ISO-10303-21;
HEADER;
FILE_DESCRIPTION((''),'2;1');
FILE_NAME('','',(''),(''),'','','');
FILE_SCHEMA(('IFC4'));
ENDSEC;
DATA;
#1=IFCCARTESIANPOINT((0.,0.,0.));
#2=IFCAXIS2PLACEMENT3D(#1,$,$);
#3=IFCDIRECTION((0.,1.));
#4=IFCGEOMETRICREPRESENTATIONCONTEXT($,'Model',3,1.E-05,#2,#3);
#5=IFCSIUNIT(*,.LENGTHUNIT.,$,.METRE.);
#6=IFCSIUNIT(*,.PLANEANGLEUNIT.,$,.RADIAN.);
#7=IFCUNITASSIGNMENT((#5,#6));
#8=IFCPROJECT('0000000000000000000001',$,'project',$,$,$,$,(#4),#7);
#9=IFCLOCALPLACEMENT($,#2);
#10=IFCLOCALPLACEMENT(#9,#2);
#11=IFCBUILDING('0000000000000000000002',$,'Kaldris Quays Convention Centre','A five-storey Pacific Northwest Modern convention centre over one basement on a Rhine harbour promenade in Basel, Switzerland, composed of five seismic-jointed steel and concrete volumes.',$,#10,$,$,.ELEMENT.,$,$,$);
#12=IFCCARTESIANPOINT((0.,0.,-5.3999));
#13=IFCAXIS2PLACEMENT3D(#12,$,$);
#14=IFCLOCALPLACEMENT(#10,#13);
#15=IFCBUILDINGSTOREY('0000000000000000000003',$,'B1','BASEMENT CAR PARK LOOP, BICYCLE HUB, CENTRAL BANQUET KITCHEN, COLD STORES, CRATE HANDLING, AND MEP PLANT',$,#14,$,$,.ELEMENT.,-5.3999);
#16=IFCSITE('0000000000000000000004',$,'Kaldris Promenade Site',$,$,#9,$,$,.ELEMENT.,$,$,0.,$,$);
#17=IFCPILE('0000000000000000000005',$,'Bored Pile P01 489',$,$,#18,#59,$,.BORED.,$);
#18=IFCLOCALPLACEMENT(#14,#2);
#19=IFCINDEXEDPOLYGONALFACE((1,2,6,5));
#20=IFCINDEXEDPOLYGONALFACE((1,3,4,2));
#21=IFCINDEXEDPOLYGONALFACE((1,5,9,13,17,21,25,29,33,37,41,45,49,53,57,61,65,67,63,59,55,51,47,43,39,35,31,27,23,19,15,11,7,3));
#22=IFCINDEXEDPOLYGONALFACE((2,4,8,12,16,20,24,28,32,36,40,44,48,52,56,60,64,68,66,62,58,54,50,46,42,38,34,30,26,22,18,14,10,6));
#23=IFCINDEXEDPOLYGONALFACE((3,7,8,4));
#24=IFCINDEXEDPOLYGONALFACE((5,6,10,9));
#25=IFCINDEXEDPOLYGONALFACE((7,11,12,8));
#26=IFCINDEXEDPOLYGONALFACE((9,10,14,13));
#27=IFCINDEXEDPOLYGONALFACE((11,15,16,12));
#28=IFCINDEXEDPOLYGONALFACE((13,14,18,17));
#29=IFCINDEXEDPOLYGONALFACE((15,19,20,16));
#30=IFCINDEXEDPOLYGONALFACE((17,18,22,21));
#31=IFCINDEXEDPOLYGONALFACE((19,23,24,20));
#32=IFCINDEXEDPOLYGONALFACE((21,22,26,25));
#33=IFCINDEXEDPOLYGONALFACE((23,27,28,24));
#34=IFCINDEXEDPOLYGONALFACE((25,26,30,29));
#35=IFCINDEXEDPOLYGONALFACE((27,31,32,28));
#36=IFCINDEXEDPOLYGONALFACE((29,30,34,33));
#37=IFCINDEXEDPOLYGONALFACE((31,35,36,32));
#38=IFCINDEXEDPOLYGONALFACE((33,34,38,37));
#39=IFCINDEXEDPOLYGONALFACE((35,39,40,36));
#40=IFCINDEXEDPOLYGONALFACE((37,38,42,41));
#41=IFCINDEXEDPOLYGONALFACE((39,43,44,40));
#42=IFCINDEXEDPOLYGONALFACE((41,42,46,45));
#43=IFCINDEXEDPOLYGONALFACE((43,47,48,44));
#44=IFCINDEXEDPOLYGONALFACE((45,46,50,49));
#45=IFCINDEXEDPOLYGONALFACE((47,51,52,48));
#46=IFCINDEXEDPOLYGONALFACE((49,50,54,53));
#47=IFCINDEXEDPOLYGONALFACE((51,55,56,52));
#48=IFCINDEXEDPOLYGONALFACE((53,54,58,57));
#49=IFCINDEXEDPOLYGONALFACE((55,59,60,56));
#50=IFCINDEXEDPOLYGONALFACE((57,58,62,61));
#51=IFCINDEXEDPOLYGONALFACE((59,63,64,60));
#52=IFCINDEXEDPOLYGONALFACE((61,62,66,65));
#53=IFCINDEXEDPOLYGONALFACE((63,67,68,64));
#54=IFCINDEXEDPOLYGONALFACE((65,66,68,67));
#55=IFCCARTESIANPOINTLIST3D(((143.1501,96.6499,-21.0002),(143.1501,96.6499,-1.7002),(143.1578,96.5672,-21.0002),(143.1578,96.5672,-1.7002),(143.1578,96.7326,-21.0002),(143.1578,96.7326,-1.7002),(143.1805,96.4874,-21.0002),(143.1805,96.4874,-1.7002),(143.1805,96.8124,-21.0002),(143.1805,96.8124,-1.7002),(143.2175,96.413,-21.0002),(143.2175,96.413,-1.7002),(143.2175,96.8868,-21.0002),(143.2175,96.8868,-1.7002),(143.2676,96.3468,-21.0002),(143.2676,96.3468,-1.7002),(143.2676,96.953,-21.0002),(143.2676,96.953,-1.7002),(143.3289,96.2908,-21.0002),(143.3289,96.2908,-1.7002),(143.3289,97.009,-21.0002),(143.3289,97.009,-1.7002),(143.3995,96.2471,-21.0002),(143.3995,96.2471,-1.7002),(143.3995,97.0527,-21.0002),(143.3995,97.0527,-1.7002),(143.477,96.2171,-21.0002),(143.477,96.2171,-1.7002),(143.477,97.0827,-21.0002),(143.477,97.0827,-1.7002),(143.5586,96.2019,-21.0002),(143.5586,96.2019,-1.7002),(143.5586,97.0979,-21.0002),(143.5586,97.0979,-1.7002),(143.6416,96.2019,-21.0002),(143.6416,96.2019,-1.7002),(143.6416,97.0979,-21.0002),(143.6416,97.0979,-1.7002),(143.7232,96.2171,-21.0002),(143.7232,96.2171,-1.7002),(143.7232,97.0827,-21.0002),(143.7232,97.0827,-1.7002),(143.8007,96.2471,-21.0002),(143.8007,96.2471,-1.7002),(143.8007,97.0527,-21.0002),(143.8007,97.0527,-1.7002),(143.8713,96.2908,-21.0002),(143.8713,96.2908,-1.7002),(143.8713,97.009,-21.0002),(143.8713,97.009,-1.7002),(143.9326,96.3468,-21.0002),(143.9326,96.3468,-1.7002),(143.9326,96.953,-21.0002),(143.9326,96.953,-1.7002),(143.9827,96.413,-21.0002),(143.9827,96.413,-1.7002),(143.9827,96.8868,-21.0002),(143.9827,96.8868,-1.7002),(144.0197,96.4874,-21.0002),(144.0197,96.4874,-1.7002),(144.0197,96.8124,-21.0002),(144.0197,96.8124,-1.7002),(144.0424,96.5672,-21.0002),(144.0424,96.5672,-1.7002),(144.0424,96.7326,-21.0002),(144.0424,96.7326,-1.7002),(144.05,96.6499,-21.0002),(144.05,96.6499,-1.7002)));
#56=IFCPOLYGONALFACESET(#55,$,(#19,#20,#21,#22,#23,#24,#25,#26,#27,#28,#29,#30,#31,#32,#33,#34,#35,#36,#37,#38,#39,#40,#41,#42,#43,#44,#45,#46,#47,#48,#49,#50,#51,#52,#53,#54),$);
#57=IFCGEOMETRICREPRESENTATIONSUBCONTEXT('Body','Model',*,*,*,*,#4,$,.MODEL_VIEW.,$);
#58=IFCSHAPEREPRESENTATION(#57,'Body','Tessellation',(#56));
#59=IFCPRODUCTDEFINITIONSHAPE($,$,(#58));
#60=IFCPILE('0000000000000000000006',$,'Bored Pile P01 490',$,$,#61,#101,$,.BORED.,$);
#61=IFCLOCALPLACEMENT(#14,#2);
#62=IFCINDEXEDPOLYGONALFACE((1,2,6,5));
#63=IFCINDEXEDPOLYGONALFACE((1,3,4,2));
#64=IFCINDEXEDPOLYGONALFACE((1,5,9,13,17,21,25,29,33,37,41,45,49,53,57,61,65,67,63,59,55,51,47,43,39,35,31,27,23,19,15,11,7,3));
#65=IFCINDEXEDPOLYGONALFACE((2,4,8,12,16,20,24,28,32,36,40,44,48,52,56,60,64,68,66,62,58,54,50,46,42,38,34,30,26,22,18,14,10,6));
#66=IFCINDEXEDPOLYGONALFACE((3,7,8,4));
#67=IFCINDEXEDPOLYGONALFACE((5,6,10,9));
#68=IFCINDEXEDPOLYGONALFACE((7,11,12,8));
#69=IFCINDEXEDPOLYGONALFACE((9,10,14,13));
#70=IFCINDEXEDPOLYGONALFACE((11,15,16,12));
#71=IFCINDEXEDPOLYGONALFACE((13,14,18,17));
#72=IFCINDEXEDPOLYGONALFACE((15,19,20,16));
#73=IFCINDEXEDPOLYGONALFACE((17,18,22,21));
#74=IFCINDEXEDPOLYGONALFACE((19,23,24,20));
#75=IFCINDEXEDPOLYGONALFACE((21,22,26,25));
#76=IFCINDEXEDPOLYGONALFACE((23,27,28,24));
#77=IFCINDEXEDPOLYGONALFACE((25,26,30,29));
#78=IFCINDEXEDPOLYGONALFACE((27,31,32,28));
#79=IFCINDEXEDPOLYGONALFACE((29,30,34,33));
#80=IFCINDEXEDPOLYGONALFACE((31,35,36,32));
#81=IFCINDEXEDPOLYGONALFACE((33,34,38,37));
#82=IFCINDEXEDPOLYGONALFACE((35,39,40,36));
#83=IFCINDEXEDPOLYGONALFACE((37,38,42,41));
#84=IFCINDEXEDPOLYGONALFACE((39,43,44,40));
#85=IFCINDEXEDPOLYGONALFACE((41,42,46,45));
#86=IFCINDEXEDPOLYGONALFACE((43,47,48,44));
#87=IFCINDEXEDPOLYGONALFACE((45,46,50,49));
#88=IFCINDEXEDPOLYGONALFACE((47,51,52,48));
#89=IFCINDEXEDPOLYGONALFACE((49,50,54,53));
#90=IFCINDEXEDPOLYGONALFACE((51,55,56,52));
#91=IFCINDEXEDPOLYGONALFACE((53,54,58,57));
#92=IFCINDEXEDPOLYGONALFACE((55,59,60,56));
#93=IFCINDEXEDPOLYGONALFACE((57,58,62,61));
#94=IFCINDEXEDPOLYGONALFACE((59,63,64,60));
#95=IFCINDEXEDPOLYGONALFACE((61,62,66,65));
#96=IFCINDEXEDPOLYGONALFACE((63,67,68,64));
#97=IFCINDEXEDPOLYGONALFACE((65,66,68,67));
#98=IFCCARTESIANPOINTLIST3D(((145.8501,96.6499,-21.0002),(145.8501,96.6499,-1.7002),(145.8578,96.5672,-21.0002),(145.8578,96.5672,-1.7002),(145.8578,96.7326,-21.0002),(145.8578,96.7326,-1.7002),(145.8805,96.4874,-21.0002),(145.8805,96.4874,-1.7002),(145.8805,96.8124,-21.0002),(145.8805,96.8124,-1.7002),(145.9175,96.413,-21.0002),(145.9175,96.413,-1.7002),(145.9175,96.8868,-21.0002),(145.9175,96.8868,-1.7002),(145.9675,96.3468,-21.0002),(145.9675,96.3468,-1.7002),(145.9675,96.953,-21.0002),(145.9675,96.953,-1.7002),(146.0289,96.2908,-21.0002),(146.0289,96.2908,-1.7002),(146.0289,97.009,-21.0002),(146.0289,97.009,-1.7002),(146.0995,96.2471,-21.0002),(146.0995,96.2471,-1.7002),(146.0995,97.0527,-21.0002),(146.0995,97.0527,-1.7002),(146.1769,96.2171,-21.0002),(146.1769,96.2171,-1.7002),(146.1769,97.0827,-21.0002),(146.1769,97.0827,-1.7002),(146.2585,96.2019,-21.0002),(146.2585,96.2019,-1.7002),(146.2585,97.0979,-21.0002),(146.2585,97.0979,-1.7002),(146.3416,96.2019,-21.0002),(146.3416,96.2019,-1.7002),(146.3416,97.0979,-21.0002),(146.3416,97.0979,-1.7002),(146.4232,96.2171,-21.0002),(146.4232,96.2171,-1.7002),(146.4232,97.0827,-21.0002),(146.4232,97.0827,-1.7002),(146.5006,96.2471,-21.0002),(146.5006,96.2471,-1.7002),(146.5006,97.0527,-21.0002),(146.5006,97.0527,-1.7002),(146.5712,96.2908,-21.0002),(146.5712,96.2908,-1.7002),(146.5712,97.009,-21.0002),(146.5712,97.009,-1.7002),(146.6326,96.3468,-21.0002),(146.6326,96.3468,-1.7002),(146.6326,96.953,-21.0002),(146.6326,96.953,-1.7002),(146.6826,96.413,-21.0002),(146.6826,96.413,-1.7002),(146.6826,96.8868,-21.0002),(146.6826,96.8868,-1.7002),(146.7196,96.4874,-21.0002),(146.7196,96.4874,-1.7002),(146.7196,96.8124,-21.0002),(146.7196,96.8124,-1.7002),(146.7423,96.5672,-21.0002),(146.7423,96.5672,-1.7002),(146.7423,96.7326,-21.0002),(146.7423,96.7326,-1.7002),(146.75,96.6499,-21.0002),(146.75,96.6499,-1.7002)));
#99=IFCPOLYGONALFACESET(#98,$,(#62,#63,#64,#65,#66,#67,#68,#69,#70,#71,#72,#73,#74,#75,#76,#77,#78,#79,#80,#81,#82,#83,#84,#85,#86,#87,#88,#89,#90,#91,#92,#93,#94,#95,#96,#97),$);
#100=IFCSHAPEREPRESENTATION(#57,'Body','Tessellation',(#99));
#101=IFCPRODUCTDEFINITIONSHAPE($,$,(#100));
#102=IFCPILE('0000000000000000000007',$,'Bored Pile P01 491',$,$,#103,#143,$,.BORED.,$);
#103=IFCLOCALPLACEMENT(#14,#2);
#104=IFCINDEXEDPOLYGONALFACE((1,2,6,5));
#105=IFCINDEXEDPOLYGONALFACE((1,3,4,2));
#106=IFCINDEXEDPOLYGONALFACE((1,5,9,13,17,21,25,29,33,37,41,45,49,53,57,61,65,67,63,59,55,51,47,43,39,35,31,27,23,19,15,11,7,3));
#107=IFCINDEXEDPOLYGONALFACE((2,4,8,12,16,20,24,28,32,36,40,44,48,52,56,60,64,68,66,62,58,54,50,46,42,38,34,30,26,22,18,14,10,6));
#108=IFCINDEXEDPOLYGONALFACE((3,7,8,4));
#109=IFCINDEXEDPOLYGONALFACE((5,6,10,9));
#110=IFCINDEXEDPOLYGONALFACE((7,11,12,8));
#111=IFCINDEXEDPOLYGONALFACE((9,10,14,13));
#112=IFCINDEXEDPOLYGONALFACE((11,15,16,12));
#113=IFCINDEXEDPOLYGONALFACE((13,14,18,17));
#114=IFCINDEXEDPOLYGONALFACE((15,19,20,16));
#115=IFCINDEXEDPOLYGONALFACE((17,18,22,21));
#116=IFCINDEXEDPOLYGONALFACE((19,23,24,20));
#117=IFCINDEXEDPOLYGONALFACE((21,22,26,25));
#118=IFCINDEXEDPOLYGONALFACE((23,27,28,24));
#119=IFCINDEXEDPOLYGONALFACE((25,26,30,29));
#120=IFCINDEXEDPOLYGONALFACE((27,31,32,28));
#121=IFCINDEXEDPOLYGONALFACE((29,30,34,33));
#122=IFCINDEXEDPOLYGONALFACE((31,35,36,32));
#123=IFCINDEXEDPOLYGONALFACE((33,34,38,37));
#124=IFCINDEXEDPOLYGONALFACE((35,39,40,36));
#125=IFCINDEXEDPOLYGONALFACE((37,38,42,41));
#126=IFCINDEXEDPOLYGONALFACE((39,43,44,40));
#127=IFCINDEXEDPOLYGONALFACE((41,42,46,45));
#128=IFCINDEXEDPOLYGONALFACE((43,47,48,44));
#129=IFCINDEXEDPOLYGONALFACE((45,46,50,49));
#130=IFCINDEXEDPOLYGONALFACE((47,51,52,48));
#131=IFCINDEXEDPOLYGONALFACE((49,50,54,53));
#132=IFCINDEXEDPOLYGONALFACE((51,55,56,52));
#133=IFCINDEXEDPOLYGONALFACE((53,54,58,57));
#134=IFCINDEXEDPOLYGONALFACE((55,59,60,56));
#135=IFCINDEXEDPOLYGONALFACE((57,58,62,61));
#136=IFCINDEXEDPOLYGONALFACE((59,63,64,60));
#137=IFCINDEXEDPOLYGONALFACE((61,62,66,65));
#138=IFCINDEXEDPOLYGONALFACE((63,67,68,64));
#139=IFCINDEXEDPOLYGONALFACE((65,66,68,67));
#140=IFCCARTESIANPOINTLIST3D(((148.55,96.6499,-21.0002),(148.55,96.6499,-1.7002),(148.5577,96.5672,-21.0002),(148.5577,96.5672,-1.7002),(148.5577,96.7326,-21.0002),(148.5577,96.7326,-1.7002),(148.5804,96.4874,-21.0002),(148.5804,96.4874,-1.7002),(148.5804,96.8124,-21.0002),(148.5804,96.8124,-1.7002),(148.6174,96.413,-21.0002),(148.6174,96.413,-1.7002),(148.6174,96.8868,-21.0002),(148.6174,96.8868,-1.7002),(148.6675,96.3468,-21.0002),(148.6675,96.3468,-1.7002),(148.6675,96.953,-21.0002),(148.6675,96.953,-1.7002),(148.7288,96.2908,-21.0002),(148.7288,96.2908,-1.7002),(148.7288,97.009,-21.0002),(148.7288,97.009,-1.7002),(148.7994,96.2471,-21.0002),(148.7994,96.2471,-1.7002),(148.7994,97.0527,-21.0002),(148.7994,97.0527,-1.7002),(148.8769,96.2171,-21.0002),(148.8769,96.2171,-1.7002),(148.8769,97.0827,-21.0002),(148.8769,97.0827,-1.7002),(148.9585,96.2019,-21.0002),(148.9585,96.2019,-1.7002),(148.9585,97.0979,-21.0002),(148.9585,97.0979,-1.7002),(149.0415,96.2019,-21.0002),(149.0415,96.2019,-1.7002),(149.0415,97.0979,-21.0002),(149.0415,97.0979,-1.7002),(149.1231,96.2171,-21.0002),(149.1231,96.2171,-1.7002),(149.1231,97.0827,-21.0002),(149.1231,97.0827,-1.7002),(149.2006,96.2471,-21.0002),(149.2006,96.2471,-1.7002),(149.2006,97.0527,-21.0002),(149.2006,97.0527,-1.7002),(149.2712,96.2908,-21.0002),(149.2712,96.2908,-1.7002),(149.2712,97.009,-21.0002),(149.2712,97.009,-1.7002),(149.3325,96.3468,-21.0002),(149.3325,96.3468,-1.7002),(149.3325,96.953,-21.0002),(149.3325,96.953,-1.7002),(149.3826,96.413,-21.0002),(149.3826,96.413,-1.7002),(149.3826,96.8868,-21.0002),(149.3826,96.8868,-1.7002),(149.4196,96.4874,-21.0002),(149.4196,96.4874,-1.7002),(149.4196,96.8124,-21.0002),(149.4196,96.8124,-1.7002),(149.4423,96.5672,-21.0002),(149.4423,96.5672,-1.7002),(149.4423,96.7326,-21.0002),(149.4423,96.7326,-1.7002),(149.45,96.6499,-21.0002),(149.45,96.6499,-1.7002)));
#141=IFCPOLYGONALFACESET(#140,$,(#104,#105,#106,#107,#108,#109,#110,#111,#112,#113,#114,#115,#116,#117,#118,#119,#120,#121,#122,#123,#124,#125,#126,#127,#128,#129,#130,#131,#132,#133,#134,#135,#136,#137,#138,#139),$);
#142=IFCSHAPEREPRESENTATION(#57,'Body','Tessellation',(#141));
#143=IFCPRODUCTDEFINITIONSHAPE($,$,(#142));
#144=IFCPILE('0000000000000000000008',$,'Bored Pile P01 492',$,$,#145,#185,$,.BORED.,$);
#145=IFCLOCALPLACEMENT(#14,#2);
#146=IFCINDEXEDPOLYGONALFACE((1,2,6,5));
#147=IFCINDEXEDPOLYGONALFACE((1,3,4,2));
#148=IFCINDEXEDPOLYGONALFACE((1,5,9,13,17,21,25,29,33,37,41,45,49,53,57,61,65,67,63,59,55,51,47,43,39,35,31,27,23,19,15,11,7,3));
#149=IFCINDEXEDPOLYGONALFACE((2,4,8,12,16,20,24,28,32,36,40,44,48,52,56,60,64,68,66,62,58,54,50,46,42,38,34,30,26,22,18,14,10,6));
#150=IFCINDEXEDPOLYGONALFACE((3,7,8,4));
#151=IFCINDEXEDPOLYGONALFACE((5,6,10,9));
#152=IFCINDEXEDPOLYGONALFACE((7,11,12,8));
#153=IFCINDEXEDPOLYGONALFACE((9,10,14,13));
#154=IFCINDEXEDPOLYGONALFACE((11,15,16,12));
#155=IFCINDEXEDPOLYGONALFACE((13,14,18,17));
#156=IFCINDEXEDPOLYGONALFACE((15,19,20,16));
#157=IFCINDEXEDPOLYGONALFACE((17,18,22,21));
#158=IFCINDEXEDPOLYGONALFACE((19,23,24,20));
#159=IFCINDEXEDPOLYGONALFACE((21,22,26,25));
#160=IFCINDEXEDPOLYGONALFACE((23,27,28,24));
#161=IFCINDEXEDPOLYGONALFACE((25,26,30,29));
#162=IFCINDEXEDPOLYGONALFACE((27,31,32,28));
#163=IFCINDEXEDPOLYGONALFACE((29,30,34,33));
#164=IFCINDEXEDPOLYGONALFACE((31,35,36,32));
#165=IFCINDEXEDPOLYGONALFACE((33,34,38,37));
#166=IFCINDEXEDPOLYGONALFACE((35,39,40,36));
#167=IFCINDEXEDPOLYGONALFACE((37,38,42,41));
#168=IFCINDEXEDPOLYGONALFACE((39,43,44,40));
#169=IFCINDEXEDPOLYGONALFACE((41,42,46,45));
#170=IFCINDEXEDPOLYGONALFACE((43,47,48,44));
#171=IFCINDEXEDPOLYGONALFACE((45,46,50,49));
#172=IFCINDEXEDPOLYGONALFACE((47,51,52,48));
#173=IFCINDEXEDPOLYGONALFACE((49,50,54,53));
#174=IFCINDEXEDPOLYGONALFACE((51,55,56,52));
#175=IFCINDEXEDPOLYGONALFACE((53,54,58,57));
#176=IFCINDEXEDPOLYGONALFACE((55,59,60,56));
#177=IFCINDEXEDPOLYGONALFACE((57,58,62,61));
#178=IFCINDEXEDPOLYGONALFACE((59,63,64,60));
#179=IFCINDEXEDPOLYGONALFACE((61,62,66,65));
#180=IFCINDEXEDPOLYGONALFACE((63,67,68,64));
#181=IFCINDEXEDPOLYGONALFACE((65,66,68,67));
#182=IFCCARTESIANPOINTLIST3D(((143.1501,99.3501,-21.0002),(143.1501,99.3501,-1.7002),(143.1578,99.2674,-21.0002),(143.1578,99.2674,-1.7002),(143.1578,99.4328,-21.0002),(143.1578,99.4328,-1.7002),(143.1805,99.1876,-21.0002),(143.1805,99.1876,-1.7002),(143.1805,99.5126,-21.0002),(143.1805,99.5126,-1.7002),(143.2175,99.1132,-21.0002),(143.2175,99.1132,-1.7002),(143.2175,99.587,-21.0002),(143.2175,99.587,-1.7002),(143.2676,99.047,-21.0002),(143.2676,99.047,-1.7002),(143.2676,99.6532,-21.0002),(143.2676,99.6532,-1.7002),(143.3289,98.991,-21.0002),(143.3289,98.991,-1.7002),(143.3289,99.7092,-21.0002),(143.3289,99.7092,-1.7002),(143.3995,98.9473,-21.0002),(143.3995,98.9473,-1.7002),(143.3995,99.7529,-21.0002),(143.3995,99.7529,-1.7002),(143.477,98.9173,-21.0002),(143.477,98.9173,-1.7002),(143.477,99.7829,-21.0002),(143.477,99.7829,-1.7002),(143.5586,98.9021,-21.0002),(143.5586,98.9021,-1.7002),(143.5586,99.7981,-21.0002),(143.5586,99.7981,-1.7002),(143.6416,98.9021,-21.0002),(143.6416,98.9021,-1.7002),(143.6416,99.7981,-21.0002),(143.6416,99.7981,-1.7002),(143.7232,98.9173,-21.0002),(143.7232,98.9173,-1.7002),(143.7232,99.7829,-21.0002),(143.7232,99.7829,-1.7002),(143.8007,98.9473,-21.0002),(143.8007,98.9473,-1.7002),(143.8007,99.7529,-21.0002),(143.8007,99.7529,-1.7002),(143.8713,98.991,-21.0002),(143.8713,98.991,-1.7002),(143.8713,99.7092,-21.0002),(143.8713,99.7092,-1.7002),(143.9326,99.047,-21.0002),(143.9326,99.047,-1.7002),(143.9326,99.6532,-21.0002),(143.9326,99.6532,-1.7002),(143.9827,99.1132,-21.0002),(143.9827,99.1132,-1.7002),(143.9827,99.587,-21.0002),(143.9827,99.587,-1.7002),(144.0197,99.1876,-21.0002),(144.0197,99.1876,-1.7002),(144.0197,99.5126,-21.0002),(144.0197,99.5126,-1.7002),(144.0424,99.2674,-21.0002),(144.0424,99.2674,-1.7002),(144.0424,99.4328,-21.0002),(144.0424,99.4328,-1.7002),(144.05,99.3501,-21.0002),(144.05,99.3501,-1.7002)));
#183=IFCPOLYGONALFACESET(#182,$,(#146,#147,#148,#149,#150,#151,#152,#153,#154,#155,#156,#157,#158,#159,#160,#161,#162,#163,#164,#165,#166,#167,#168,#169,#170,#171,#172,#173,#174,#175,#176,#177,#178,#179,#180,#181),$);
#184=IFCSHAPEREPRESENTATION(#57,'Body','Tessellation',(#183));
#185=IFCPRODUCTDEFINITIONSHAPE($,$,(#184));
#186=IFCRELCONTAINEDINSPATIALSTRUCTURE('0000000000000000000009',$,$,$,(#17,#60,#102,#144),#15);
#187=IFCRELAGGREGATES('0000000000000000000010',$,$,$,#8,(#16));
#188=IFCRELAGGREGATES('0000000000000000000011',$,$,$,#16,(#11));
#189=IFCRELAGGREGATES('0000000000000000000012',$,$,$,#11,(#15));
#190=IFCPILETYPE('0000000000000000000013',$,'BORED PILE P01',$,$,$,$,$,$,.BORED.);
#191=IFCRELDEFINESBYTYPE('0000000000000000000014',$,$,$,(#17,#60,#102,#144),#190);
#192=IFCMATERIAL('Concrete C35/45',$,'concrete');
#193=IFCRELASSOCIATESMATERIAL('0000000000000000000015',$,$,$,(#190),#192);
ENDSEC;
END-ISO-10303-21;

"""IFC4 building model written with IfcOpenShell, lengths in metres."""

from ifc_helpers import new_model, si_unit, direction, frame, origin, origin_2d, place, context, subcontext, project, spatial, circle, extrude, material, material_profile, profile_set, type_object, element, save


model = new_model("IFC4")

# Units and contexts
model_context = context("Model", 3, precision=1e-05, world=origin(), true_north=direction((0.0, 1.0)))
body_context = subcontext(model_context, "Body", "Model", "MODEL_VIEW")
ifc_project = project(units=[si_unit("LENGTHUNIT", "METRE"), si_unit("PLANEANGLEUNIT", "RADIAN")], contexts=[model_context])

# Site, building, storey
site_placement = place(None, origin())
site = spatial("IfcSite", under=ifc_project, at=site_placement, Name="Kaldris Promenade Site", CompositionType="ELEMENT", RefElevation=0.0)
building_placement = place(site_placement, origin())
building = spatial("IfcBuilding", under=site, at=building_placement, Name="Kaldris Quays Convention Centre", Description="A five-storey Pacific Northwest Modern convention centre over one basement on a Rhine harbour promenade in Basel, Switzerland, composed of five seismic-jointed steel and concrete volumes.", CompositionType="ELEMENT")
storey_placement = place(building_placement, frame((0.0, 0.0, -5.3999)))
storey = spatial("IfcBuildingStorey", under=building, at=storey_placement, Name="B1", Description="BASEMENT CAR PARK LOOP, BICYCLE HUB, CENTRAL BANQUET KITCHEN, COLD STORES, CRATE HANDLING, AND MEP PLANT", CompositionType="ELEMENT", Elevation=-5.3999)

# Piles
ifc_material_1 = material(Name="Concrete C35/45", Category="concrete")
ifc_material_profile_1 = material_profile(ifc_material_1, circle(Radius=0.45, at=origin_2d()), Name="BORED PILE D900")
ifc_profile_set_1 = profile_set([ifc_material_profile_1], Name="Concrete C35/45")
pile_type_1 = type_object("IfcPileType", Name="BORED PILE P01", PredefinedType="BORED", material=ifc_profile_set_1)
for number, where, z_axis, x_axis, name in (
    (1, (143.6001, 96.6499, -1.7002), (0.0, 0.0, -1.0), (1.0, 0.0, 0.0), "Bored Pile P01 489"),
    (2, (146.3, 96.6499, -1.7002), (0.0, 0.0, -1.0), (1.0, 0.0, 0.0), "Bored Pile P01 490"),
    (3, (149.0, 96.6499, -1.7002), (0.0, 0.0, -1.0), (1.0, 0.0, 0.0), "Bored Pile P01 491"),
    (4, (143.6001, 99.3501, -1.7002), (0.0, 0.0, -1.0), (1.0, 0.0, 0.0), "Bored Pile P01 492"),
):
    element("IfcPile", number, at=place(storey_placement, frame(where, z_axis=z_axis, x_axis=x_axis)), inside=storey, type_object=pile_type_1, Name=name, PredefinedType="BORED", context=body_context, shape_type="SweptSolid", body=[
        extrude(circle(Radius=0.45, at=origin_2d()), origin(), (0.0, 0.0, 1.0), 19.3),
    ])

save(model, "model.ifc")
